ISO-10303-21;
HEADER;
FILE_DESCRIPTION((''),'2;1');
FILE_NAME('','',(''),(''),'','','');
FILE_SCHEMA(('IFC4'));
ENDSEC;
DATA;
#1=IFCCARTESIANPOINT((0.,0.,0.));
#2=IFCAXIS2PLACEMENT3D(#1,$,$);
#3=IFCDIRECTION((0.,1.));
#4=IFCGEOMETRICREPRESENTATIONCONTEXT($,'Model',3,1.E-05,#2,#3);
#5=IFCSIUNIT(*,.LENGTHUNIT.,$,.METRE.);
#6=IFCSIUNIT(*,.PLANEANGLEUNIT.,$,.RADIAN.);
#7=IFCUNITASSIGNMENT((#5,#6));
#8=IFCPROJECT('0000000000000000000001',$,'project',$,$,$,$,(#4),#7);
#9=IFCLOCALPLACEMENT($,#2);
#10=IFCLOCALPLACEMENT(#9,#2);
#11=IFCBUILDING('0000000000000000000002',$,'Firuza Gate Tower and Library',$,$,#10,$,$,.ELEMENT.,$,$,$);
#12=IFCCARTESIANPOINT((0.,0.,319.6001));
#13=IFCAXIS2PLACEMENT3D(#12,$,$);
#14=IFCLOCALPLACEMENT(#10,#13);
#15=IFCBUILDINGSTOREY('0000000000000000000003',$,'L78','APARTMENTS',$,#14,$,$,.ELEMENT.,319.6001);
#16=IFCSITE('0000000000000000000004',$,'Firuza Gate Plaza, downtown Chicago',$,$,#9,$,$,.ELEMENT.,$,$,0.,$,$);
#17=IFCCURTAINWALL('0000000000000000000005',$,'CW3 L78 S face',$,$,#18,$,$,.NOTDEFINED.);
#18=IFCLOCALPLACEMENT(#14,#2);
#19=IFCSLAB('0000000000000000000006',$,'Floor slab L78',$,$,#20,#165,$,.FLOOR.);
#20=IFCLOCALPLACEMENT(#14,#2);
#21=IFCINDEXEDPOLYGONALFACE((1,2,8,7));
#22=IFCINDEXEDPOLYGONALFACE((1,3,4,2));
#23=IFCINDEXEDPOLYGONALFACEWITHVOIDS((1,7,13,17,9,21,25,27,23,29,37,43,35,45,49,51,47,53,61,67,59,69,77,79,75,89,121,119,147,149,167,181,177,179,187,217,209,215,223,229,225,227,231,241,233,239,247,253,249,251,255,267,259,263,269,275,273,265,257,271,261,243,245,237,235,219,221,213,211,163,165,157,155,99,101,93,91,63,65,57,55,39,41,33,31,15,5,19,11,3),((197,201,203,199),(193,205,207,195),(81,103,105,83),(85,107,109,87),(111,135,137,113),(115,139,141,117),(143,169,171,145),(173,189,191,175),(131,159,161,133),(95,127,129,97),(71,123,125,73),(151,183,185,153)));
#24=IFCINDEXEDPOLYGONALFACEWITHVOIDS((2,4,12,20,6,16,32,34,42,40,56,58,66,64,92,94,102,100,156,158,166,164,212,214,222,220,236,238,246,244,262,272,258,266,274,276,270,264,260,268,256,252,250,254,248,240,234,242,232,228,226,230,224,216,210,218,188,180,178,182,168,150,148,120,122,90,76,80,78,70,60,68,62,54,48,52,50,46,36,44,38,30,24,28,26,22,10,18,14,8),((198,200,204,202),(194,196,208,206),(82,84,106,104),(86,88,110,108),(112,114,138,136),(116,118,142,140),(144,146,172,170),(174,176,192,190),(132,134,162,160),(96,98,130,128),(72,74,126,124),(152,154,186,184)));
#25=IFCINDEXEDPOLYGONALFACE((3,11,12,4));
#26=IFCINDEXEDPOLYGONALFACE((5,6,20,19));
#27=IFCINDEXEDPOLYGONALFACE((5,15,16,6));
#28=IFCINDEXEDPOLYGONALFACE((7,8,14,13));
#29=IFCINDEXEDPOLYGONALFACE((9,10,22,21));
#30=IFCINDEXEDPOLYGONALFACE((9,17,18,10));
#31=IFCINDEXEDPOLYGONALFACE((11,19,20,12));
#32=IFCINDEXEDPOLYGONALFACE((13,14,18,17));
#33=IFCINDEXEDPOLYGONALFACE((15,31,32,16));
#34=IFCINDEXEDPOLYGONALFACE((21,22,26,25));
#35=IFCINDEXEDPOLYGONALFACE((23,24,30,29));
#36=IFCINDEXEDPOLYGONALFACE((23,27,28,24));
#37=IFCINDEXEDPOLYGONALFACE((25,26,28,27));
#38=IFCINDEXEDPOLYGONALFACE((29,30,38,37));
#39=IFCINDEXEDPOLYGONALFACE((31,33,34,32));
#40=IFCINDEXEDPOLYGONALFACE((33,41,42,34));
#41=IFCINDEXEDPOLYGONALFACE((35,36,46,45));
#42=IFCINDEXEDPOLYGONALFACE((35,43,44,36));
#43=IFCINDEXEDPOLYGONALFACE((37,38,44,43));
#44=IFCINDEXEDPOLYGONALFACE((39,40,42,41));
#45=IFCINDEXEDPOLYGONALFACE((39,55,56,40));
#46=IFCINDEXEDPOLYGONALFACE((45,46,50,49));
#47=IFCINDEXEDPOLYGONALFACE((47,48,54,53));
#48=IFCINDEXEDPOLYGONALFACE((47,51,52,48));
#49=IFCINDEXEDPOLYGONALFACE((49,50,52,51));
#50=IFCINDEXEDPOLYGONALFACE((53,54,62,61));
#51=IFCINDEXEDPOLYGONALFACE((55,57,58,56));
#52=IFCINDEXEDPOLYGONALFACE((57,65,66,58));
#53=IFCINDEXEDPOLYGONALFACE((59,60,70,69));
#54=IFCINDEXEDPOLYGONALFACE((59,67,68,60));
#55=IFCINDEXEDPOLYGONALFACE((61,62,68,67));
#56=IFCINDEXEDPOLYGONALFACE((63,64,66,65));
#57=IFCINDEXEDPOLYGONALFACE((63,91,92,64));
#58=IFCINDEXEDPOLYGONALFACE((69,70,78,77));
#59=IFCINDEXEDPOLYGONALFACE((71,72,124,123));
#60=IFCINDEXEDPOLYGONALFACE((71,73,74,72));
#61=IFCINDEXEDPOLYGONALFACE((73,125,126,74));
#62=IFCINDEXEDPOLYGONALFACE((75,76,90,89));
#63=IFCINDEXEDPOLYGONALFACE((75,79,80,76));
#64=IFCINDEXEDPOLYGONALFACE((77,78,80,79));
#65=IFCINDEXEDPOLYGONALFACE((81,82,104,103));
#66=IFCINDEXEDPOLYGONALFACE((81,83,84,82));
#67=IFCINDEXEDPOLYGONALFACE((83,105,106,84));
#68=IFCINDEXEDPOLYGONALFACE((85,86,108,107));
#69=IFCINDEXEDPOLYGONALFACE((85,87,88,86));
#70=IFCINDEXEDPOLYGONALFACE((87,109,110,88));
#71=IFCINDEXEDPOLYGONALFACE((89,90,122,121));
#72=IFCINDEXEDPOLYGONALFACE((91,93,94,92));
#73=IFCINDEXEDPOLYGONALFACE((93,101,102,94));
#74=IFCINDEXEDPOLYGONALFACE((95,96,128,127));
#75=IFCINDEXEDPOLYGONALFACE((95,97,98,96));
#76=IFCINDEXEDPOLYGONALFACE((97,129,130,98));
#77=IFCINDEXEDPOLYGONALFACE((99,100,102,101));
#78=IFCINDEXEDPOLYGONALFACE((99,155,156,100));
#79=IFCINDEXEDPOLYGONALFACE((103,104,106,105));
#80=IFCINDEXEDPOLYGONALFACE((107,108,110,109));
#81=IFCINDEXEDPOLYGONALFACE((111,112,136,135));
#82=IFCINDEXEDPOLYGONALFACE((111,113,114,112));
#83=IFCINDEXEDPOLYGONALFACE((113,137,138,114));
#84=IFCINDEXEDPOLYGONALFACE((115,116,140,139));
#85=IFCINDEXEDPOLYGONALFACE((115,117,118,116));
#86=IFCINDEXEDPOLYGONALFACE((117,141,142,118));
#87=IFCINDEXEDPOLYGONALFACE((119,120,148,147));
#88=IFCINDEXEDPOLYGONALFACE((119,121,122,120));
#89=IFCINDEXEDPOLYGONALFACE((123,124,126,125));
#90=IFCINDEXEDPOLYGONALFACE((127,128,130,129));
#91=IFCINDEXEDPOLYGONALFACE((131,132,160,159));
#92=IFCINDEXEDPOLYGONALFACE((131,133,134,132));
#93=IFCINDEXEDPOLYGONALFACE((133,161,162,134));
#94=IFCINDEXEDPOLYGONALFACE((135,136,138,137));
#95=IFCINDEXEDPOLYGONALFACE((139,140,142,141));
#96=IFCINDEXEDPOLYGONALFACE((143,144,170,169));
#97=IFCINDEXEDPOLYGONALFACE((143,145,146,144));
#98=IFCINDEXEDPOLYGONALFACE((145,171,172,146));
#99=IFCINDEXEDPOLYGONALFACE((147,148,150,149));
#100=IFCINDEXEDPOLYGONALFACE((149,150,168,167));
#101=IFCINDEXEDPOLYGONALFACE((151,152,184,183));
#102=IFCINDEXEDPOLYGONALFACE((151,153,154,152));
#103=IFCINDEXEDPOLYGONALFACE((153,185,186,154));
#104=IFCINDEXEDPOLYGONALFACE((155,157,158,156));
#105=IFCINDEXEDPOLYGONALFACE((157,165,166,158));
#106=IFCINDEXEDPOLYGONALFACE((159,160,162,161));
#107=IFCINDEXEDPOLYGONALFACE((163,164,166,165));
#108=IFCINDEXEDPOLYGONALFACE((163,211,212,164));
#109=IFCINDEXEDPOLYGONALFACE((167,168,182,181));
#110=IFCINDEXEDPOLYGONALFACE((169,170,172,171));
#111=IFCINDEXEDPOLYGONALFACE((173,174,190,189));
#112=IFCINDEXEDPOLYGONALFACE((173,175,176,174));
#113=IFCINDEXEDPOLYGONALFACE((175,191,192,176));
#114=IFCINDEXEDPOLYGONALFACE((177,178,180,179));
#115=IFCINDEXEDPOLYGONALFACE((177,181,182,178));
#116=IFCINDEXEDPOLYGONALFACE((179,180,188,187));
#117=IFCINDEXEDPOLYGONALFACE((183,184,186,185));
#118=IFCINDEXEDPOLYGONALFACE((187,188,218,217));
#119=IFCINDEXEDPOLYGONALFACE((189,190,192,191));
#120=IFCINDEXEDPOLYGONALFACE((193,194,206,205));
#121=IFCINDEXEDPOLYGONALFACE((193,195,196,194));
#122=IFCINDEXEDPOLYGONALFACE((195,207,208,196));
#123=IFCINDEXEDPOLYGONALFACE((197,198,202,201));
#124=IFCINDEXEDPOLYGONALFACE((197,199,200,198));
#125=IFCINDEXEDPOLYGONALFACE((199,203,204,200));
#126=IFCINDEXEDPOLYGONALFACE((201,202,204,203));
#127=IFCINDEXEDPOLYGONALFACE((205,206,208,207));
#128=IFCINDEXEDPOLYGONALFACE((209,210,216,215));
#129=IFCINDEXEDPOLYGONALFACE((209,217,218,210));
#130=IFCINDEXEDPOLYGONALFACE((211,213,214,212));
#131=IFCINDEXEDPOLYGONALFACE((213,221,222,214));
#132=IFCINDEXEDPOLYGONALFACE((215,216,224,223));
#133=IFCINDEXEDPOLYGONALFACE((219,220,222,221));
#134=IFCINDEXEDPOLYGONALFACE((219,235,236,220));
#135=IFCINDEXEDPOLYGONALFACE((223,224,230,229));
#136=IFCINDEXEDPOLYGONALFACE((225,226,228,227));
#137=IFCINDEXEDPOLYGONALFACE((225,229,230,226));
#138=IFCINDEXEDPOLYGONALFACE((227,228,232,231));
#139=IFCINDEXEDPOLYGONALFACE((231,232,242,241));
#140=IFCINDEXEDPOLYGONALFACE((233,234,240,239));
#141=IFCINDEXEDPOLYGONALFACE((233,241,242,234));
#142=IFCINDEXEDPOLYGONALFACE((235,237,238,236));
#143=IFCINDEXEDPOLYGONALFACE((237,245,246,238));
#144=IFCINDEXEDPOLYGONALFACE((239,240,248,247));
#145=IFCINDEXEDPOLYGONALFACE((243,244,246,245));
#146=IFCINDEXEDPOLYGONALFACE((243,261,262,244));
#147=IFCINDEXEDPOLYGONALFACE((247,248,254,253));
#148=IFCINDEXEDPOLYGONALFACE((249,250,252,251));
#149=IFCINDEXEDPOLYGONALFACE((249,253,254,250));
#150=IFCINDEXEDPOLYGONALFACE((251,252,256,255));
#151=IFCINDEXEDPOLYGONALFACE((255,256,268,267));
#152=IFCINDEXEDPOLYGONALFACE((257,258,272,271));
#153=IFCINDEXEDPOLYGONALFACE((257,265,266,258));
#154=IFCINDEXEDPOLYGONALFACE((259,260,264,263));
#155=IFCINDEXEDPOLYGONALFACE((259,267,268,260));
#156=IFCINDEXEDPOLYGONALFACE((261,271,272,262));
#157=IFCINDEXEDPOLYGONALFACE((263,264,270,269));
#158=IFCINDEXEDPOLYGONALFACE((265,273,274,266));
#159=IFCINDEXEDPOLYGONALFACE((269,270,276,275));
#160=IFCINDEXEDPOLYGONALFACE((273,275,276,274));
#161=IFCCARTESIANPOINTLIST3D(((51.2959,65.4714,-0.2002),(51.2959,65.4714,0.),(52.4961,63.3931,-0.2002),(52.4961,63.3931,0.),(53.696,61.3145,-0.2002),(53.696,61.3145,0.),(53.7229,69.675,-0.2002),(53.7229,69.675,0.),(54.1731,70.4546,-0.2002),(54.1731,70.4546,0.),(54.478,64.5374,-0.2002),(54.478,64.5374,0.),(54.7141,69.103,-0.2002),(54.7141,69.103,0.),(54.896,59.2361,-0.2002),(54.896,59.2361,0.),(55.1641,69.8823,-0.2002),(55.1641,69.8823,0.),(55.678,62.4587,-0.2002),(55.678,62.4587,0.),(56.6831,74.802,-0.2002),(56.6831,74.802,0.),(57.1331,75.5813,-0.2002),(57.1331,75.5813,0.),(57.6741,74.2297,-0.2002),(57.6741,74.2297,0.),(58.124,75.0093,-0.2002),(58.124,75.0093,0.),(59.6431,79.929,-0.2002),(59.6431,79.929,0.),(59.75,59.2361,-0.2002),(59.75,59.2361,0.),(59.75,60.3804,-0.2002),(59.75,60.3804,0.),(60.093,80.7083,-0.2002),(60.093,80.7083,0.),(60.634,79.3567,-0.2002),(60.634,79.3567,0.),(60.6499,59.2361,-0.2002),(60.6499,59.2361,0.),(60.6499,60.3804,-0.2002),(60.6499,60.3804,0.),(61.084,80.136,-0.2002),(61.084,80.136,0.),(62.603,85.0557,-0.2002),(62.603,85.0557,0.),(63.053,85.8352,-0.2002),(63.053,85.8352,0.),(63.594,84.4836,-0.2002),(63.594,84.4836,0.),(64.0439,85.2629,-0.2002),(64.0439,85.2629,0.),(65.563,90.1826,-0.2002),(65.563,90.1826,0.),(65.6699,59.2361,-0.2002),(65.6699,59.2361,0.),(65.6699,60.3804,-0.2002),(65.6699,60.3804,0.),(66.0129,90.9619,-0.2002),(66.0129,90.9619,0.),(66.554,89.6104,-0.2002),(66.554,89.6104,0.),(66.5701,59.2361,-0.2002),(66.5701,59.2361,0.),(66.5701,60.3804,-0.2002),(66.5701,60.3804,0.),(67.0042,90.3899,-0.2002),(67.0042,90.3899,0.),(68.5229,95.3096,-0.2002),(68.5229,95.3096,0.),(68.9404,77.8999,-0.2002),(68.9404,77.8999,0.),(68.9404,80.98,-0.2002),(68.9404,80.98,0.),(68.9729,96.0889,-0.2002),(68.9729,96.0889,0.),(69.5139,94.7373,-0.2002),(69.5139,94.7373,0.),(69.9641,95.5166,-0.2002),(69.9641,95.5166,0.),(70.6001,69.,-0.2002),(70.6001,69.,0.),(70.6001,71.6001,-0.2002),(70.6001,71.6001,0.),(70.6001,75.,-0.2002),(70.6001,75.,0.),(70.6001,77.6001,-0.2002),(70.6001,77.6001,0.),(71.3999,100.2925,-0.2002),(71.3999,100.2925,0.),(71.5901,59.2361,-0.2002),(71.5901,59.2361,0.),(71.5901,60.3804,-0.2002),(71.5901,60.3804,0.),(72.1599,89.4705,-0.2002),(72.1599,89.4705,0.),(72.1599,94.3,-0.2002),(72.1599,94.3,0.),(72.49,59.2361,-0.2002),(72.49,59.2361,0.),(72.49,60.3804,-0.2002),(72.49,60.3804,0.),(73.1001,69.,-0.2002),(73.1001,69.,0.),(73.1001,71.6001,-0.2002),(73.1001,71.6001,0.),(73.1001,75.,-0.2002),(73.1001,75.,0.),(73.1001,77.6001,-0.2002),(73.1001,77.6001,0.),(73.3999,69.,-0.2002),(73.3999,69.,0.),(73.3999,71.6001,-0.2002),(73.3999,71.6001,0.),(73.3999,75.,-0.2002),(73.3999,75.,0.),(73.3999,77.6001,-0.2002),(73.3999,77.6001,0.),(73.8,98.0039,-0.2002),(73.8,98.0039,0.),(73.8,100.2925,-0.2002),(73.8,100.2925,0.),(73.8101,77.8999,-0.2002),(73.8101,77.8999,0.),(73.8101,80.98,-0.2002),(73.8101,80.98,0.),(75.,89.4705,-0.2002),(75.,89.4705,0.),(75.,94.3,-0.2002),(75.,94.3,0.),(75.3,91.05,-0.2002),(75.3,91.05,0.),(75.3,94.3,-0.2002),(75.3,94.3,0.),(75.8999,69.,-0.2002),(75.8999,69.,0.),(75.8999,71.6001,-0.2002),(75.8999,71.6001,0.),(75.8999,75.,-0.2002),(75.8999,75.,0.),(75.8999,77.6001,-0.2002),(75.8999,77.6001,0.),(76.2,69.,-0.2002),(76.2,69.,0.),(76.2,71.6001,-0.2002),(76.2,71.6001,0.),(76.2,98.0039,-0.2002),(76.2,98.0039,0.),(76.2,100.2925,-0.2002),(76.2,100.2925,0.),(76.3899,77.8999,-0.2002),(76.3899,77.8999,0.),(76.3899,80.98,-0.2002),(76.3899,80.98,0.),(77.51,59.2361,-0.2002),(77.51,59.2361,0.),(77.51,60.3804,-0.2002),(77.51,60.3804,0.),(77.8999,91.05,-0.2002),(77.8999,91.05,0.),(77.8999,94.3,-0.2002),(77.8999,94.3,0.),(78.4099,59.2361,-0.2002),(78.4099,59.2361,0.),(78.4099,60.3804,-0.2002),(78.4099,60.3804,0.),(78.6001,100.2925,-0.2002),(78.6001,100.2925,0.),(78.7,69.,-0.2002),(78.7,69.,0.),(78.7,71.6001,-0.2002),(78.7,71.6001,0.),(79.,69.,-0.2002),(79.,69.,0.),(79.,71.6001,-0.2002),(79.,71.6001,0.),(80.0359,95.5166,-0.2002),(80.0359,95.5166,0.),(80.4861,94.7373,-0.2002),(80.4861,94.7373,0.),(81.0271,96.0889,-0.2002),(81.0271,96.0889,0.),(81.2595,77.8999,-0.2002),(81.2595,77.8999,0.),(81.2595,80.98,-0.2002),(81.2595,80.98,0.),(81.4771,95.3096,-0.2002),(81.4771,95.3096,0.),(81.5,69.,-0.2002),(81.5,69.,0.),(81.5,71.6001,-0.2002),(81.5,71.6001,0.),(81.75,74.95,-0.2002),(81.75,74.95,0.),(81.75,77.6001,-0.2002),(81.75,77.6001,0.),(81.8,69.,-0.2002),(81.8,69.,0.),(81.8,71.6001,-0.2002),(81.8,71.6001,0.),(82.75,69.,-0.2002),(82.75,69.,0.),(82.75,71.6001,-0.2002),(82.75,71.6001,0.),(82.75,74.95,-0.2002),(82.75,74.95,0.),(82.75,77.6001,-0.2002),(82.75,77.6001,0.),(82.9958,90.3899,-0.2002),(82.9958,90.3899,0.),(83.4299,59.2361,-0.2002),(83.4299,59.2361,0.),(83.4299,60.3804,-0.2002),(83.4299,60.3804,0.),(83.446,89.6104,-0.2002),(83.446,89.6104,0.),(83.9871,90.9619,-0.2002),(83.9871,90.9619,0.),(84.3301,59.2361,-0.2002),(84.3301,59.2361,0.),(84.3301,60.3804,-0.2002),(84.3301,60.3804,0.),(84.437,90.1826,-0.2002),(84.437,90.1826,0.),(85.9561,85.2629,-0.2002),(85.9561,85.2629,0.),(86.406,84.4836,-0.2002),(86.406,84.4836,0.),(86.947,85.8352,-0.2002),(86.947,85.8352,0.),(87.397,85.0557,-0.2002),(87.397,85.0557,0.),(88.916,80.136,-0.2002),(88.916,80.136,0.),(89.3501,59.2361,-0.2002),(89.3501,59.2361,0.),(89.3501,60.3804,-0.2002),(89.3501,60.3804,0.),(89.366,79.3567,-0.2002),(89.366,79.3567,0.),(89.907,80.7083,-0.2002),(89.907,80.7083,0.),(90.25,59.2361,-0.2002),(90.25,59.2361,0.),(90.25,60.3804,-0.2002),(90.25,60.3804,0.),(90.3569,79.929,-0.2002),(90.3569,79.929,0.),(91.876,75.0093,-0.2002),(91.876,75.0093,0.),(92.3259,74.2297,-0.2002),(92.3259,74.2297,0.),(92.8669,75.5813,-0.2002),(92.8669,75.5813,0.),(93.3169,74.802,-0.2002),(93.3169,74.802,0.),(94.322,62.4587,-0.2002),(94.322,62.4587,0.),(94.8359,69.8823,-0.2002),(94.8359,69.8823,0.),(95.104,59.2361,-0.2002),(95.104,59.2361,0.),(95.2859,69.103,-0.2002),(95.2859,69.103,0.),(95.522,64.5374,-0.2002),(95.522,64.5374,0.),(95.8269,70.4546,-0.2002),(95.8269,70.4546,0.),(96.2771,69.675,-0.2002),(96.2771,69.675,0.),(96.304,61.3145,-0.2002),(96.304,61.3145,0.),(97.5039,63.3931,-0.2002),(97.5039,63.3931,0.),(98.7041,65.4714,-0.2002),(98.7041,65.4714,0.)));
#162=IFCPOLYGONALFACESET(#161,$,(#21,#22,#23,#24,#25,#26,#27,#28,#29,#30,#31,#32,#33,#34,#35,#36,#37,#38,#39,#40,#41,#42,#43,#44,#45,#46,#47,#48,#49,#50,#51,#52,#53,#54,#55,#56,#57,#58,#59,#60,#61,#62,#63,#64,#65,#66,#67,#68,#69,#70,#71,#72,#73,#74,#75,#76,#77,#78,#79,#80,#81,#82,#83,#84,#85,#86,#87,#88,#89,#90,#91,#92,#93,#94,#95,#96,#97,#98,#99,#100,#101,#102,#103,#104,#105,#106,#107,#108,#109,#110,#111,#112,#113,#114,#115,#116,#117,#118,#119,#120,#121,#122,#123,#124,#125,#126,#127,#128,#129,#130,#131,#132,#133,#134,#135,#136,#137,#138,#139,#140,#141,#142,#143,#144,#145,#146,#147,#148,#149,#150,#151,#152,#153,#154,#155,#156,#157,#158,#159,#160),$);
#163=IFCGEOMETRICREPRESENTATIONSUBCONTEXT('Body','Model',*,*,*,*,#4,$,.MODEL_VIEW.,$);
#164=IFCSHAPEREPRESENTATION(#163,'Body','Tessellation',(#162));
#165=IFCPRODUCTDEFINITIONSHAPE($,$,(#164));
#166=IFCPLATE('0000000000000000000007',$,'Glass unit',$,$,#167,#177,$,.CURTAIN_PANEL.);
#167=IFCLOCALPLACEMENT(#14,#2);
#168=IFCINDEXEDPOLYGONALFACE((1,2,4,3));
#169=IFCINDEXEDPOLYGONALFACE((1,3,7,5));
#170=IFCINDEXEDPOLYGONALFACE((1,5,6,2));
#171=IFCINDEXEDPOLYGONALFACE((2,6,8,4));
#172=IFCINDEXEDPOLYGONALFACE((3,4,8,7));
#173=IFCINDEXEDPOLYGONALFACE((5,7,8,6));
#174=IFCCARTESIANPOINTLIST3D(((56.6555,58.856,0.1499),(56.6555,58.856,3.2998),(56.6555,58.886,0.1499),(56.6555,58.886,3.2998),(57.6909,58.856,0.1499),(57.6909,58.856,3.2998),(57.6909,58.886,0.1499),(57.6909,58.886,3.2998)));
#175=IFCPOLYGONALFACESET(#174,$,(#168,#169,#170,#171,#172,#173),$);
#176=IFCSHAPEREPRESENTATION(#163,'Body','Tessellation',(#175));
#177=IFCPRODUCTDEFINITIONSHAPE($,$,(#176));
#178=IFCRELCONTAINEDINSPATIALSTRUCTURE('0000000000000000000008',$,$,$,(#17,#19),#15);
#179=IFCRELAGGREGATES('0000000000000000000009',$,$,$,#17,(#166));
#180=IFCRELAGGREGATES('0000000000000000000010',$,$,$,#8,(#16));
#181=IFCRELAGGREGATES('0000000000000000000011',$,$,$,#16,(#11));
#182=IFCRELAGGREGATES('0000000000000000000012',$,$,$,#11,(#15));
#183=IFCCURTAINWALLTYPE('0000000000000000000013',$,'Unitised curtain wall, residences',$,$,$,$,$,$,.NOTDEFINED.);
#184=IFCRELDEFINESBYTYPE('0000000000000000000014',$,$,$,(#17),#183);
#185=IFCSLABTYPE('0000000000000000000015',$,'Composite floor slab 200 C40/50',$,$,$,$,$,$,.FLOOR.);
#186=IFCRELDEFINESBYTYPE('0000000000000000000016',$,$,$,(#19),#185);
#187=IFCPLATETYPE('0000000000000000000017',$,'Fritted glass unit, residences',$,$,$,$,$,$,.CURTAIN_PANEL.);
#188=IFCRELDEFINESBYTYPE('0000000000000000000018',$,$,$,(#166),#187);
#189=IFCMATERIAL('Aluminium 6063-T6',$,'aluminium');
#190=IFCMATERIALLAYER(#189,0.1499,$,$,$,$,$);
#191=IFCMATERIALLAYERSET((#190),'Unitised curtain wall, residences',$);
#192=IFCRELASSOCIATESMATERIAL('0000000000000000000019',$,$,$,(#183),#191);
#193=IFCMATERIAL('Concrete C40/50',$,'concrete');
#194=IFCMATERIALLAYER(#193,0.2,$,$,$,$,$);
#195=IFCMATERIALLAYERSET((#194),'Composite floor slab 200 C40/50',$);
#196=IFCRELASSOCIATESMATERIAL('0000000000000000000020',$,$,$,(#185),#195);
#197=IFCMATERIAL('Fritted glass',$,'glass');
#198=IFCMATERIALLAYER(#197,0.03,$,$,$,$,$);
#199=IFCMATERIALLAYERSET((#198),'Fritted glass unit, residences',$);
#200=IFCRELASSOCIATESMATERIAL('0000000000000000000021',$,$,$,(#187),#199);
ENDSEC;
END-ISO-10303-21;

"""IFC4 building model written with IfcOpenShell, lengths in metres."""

from ifc_helpers import new_model, si_unit, direction, frame, origin, place, context, subcontext, project, spatial, polyline, outline, extrude, material, layer, layer_set, type_object, element, aggregate, save


model = new_model("IFC4")

# Units and contexts
model_context = context("Model", 3, precision=1e-05, world=origin(), true_north=direction((0.0, 1.0)))
body_context = subcontext(model_context, "Body", "Model", "MODEL_VIEW")
ifc_project = project(units=[si_unit("LENGTHUNIT", "METRE"), si_unit("PLANEANGLEUNIT", "RADIAN")], contexts=[model_context])

# Site, building, storey
site_placement = place(None, origin())
site = spatial("IfcSite", under=ifc_project, at=site_placement, Name="Firuza Gate Plaza, downtown Chicago", CompositionType="ELEMENT", RefElevation=0.0)
building_placement = place(site_placement, origin())
building = spatial("IfcBuilding", under=site, at=building_placement, Name="Firuza Gate Tower and Library", CompositionType="ELEMENT")
storey_placement = place(building_placement, frame((0.0, 0.0, 319.6001)))
storey = spatial("IfcBuildingStorey", under=building, at=storey_placement, Name="L78", Description="APARTMENTS", CompositionType="ELEMENT", Elevation=319.6001)

# Curtain wall
placement_1 = place(storey_placement, origin())
ifc_material_1 = material(Name="Aluminium 6063-T6", Category="aluminium")
ifc_layer_1 = layer(ifc_material_1, 0.1499)
ifc_layer_set_1 = layer_set([ifc_layer_1], Name="Unitised curtain wall, residences")
curtain_wall_type_1 = type_object("IfcCurtainWallType", Name="Unitised curtain wall, residences", PredefinedType="NOTDEFINED", material=ifc_layer_set_1)
curtain_wall_1 = element("IfcCurtainWall", 1, at=placement_1, inside=storey, type_object=curtain_wall_type_1, Name="CW3 L78 S face", PredefinedType="NOTDEFINED")

# Slab
ifc_material_2 = material(Name="Concrete C40/50", Category="concrete")
ifc_layer_2 = layer(ifc_material_2, 0.2)
ifc_layer_set_2 = layer_set([ifc_layer_2], Name="Composite floor slab 200 C40/50")
slab_type_1 = type_object("IfcSlabType", Name="Composite floor slab 200 C40/50", PredefinedType="FLOOR", material=ifc_layer_set_2)
placement_2 = place(storey_placement, frame((0.0, 0.0, -0.2002)))
element("IfcSlab", 2, at=placement_2, inside=storey, type_object=slab_type_1, Name="Floor slab L78", PredefinedType="FLOOR", context=body_context, shape_type="SweptSolid", body=[
    extrude(outline(polyline([(54.896, 59.2361), (59.75, 59.2361), (59.75, 60.3804), (60.6499, 60.3804), (60.6499, 59.2361), (65.6699, 59.2361), (65.6699, 60.3804), (66.5701, 60.3804), (66.5701, 59.2361), (71.5901, 59.2361), (71.5901, 60.3804), (72.49, 60.3804), (72.49, 59.2361), (77.51, 59.2361), (77.51, 60.3804), (78.4099, 60.3804), (78.4099, 59.2361), (83.4299, 59.2361), (83.4299, 60.3804), (84.3301, 60.3804), (84.3301, 59.2361), (89.3501, 59.2361), (89.3501, 60.3804), (90.25, 60.3804), (90.25, 59.2361), (95.104, 59.2361), (96.304, 61.3145), (94.322, 62.4587), (95.522, 64.5374), (97.5039, 63.3931), (98.7041, 65.4714), (96.2771, 69.675), (95.2859, 69.103), (94.8359, 69.8823), (95.8269, 70.4546), (93.3169, 74.802), (92.3259, 74.2297), (91.876, 75.0093), (92.8669, 75.5813), (90.3569, 79.929), (89.366, 79.3567), (88.916, 80.136), (89.907, 80.7083), (87.397, 85.0557), (86.406, 84.4836), (85.9561, 85.2629), (86.947, 85.8352), (84.437, 90.1826), (83.446, 89.6104), (82.9958, 90.3899), (83.9871, 90.9619), (81.4771, 95.3096), (80.4861, 94.7373), (80.0359, 95.5166), (81.0271, 96.0889), (78.6001, 100.2925), (76.2, 100.2925), (76.2, 98.0039), (73.8, 98.0039), (73.8, 100.2925), (71.3999, 100.2925), (68.9729, 96.0889), (69.9641, 95.5166), (69.5139, 94.7373), (68.5229, 95.3096), (66.0129, 90.9619), (67.0042, 90.3899), (66.554, 89.6104), (65.563, 90.1826), (63.053, 85.8352), (64.0439, 85.2629), (63.594, 84.4836), (62.603, 85.0557), (60.093, 80.7083), (61.084, 80.136), (60.634, 79.3567), (59.6431, 79.929), (57.1331, 75.5813), (58.124, 75.0093), (57.6741, 74.2297), (56.6831, 74.802), (54.1731, 70.4546), (55.1641, 69.8823), (54.7141, 69.103), (53.7229, 69.675), (51.2959, 65.4714), (52.4961, 63.3931), (54.478, 64.5374), (55.678, 62.4587), (53.696, 61.3145), (54.896, 59.2361)]), holes=[polyline([(73.1001, 69.0), (70.6001, 69.0), (70.6001, 71.6001), (73.1001, 71.6001), (73.1001, 69.0)]), polyline([(75.8999, 69.0), (73.3999, 69.0), (73.3999, 71.6001), (75.8999, 71.6001), (75.8999, 69.0)]), polyline([(73.1001, 75.0), (70.6001, 75.0), (70.6001, 77.6001), (73.1001, 77.6001), (73.1001, 75.0)]), polyline([(75.8999, 75.0), (73.3999, 75.0), (73.3999, 77.6001), (75.8999, 77.6001), (75.8999, 75.0)]), polyline([(68.9404, 77.8999), (68.9404, 80.98), (73.8101, 80.98), (73.8101, 77.8999), (68.9404, 77.8999)]), polyline([(72.1599, 89.4705), (72.1599, 94.3), (75.0, 94.3), (75.0, 89.4705), (72.1599, 89.4705)]), polyline([(78.7, 69.0), (76.2, 69.0), (76.2, 71.6001), (78.7, 71.6001), (78.7, 69.0)]), polyline([(81.5, 69.0), (79.0, 69.0), (79.0, 71.6001), (81.5, 71.6001), (81.5, 69.0)]), polyline([(82.75, 69.0), (81.8, 69.0), (81.8, 71.6001), (82.75, 71.6001), (82.75, 69.0)]), polyline([(82.75, 74.95), (81.75, 74.95), (81.75, 77.6001), (82.75, 77.6001), (82.75, 74.95)]), polyline([(81.2595, 80.98), (81.2595, 77.8999), (76.3899, 77.8999), (76.3899, 80.98), (81.2595, 80.98)]), polyline([(75.3, 91.05), (75.3, 94.3), (77.8999, 94.3), (77.8999, 91.05), (75.3, 91.05)])]), origin(), (0.0, 0.0, 1.0), 0.2002),
])

# Plate
ifc_material_3 = material(Name="Fritted glass", Category="glass")
ifc_layer_3 = layer(ifc_material_3, 0.03)
ifc_layer_set_3 = layer_set([ifc_layer_3], Name="Fritted glass unit, residences")
plate_type_1 = type_object("IfcPlateType", Name="Fritted glass unit, residences", PredefinedType="CURTAIN_PANEL", material=ifc_layer_set_3)
plate_1_placement = place(storey_placement, frame((56.6555, 58.856, 0.1499), z_axis=(0.0, -1.0, 0.0), x_axis=(1.0, 0.0, 0.0)))
plate_1 = element("IfcPlate", 3, at=plate_1_placement, type_object=plate_type_1, Name="Glass unit", PredefinedType="CURTAIN_PANEL", context=body_context, shape_type="SweptSolid", body=[
    extrude(outline(polyline([(0.0, 0.0), (1.0354, 0.0), (1.0354, 3.1499), (0.0, 3.1499), (0.0, 0.0)])), origin(), (0.0, 0.0, -1.0), 0.03),
])
aggregate(curtain_wall_1, [plate_1])

save(model, "model.ifc")
